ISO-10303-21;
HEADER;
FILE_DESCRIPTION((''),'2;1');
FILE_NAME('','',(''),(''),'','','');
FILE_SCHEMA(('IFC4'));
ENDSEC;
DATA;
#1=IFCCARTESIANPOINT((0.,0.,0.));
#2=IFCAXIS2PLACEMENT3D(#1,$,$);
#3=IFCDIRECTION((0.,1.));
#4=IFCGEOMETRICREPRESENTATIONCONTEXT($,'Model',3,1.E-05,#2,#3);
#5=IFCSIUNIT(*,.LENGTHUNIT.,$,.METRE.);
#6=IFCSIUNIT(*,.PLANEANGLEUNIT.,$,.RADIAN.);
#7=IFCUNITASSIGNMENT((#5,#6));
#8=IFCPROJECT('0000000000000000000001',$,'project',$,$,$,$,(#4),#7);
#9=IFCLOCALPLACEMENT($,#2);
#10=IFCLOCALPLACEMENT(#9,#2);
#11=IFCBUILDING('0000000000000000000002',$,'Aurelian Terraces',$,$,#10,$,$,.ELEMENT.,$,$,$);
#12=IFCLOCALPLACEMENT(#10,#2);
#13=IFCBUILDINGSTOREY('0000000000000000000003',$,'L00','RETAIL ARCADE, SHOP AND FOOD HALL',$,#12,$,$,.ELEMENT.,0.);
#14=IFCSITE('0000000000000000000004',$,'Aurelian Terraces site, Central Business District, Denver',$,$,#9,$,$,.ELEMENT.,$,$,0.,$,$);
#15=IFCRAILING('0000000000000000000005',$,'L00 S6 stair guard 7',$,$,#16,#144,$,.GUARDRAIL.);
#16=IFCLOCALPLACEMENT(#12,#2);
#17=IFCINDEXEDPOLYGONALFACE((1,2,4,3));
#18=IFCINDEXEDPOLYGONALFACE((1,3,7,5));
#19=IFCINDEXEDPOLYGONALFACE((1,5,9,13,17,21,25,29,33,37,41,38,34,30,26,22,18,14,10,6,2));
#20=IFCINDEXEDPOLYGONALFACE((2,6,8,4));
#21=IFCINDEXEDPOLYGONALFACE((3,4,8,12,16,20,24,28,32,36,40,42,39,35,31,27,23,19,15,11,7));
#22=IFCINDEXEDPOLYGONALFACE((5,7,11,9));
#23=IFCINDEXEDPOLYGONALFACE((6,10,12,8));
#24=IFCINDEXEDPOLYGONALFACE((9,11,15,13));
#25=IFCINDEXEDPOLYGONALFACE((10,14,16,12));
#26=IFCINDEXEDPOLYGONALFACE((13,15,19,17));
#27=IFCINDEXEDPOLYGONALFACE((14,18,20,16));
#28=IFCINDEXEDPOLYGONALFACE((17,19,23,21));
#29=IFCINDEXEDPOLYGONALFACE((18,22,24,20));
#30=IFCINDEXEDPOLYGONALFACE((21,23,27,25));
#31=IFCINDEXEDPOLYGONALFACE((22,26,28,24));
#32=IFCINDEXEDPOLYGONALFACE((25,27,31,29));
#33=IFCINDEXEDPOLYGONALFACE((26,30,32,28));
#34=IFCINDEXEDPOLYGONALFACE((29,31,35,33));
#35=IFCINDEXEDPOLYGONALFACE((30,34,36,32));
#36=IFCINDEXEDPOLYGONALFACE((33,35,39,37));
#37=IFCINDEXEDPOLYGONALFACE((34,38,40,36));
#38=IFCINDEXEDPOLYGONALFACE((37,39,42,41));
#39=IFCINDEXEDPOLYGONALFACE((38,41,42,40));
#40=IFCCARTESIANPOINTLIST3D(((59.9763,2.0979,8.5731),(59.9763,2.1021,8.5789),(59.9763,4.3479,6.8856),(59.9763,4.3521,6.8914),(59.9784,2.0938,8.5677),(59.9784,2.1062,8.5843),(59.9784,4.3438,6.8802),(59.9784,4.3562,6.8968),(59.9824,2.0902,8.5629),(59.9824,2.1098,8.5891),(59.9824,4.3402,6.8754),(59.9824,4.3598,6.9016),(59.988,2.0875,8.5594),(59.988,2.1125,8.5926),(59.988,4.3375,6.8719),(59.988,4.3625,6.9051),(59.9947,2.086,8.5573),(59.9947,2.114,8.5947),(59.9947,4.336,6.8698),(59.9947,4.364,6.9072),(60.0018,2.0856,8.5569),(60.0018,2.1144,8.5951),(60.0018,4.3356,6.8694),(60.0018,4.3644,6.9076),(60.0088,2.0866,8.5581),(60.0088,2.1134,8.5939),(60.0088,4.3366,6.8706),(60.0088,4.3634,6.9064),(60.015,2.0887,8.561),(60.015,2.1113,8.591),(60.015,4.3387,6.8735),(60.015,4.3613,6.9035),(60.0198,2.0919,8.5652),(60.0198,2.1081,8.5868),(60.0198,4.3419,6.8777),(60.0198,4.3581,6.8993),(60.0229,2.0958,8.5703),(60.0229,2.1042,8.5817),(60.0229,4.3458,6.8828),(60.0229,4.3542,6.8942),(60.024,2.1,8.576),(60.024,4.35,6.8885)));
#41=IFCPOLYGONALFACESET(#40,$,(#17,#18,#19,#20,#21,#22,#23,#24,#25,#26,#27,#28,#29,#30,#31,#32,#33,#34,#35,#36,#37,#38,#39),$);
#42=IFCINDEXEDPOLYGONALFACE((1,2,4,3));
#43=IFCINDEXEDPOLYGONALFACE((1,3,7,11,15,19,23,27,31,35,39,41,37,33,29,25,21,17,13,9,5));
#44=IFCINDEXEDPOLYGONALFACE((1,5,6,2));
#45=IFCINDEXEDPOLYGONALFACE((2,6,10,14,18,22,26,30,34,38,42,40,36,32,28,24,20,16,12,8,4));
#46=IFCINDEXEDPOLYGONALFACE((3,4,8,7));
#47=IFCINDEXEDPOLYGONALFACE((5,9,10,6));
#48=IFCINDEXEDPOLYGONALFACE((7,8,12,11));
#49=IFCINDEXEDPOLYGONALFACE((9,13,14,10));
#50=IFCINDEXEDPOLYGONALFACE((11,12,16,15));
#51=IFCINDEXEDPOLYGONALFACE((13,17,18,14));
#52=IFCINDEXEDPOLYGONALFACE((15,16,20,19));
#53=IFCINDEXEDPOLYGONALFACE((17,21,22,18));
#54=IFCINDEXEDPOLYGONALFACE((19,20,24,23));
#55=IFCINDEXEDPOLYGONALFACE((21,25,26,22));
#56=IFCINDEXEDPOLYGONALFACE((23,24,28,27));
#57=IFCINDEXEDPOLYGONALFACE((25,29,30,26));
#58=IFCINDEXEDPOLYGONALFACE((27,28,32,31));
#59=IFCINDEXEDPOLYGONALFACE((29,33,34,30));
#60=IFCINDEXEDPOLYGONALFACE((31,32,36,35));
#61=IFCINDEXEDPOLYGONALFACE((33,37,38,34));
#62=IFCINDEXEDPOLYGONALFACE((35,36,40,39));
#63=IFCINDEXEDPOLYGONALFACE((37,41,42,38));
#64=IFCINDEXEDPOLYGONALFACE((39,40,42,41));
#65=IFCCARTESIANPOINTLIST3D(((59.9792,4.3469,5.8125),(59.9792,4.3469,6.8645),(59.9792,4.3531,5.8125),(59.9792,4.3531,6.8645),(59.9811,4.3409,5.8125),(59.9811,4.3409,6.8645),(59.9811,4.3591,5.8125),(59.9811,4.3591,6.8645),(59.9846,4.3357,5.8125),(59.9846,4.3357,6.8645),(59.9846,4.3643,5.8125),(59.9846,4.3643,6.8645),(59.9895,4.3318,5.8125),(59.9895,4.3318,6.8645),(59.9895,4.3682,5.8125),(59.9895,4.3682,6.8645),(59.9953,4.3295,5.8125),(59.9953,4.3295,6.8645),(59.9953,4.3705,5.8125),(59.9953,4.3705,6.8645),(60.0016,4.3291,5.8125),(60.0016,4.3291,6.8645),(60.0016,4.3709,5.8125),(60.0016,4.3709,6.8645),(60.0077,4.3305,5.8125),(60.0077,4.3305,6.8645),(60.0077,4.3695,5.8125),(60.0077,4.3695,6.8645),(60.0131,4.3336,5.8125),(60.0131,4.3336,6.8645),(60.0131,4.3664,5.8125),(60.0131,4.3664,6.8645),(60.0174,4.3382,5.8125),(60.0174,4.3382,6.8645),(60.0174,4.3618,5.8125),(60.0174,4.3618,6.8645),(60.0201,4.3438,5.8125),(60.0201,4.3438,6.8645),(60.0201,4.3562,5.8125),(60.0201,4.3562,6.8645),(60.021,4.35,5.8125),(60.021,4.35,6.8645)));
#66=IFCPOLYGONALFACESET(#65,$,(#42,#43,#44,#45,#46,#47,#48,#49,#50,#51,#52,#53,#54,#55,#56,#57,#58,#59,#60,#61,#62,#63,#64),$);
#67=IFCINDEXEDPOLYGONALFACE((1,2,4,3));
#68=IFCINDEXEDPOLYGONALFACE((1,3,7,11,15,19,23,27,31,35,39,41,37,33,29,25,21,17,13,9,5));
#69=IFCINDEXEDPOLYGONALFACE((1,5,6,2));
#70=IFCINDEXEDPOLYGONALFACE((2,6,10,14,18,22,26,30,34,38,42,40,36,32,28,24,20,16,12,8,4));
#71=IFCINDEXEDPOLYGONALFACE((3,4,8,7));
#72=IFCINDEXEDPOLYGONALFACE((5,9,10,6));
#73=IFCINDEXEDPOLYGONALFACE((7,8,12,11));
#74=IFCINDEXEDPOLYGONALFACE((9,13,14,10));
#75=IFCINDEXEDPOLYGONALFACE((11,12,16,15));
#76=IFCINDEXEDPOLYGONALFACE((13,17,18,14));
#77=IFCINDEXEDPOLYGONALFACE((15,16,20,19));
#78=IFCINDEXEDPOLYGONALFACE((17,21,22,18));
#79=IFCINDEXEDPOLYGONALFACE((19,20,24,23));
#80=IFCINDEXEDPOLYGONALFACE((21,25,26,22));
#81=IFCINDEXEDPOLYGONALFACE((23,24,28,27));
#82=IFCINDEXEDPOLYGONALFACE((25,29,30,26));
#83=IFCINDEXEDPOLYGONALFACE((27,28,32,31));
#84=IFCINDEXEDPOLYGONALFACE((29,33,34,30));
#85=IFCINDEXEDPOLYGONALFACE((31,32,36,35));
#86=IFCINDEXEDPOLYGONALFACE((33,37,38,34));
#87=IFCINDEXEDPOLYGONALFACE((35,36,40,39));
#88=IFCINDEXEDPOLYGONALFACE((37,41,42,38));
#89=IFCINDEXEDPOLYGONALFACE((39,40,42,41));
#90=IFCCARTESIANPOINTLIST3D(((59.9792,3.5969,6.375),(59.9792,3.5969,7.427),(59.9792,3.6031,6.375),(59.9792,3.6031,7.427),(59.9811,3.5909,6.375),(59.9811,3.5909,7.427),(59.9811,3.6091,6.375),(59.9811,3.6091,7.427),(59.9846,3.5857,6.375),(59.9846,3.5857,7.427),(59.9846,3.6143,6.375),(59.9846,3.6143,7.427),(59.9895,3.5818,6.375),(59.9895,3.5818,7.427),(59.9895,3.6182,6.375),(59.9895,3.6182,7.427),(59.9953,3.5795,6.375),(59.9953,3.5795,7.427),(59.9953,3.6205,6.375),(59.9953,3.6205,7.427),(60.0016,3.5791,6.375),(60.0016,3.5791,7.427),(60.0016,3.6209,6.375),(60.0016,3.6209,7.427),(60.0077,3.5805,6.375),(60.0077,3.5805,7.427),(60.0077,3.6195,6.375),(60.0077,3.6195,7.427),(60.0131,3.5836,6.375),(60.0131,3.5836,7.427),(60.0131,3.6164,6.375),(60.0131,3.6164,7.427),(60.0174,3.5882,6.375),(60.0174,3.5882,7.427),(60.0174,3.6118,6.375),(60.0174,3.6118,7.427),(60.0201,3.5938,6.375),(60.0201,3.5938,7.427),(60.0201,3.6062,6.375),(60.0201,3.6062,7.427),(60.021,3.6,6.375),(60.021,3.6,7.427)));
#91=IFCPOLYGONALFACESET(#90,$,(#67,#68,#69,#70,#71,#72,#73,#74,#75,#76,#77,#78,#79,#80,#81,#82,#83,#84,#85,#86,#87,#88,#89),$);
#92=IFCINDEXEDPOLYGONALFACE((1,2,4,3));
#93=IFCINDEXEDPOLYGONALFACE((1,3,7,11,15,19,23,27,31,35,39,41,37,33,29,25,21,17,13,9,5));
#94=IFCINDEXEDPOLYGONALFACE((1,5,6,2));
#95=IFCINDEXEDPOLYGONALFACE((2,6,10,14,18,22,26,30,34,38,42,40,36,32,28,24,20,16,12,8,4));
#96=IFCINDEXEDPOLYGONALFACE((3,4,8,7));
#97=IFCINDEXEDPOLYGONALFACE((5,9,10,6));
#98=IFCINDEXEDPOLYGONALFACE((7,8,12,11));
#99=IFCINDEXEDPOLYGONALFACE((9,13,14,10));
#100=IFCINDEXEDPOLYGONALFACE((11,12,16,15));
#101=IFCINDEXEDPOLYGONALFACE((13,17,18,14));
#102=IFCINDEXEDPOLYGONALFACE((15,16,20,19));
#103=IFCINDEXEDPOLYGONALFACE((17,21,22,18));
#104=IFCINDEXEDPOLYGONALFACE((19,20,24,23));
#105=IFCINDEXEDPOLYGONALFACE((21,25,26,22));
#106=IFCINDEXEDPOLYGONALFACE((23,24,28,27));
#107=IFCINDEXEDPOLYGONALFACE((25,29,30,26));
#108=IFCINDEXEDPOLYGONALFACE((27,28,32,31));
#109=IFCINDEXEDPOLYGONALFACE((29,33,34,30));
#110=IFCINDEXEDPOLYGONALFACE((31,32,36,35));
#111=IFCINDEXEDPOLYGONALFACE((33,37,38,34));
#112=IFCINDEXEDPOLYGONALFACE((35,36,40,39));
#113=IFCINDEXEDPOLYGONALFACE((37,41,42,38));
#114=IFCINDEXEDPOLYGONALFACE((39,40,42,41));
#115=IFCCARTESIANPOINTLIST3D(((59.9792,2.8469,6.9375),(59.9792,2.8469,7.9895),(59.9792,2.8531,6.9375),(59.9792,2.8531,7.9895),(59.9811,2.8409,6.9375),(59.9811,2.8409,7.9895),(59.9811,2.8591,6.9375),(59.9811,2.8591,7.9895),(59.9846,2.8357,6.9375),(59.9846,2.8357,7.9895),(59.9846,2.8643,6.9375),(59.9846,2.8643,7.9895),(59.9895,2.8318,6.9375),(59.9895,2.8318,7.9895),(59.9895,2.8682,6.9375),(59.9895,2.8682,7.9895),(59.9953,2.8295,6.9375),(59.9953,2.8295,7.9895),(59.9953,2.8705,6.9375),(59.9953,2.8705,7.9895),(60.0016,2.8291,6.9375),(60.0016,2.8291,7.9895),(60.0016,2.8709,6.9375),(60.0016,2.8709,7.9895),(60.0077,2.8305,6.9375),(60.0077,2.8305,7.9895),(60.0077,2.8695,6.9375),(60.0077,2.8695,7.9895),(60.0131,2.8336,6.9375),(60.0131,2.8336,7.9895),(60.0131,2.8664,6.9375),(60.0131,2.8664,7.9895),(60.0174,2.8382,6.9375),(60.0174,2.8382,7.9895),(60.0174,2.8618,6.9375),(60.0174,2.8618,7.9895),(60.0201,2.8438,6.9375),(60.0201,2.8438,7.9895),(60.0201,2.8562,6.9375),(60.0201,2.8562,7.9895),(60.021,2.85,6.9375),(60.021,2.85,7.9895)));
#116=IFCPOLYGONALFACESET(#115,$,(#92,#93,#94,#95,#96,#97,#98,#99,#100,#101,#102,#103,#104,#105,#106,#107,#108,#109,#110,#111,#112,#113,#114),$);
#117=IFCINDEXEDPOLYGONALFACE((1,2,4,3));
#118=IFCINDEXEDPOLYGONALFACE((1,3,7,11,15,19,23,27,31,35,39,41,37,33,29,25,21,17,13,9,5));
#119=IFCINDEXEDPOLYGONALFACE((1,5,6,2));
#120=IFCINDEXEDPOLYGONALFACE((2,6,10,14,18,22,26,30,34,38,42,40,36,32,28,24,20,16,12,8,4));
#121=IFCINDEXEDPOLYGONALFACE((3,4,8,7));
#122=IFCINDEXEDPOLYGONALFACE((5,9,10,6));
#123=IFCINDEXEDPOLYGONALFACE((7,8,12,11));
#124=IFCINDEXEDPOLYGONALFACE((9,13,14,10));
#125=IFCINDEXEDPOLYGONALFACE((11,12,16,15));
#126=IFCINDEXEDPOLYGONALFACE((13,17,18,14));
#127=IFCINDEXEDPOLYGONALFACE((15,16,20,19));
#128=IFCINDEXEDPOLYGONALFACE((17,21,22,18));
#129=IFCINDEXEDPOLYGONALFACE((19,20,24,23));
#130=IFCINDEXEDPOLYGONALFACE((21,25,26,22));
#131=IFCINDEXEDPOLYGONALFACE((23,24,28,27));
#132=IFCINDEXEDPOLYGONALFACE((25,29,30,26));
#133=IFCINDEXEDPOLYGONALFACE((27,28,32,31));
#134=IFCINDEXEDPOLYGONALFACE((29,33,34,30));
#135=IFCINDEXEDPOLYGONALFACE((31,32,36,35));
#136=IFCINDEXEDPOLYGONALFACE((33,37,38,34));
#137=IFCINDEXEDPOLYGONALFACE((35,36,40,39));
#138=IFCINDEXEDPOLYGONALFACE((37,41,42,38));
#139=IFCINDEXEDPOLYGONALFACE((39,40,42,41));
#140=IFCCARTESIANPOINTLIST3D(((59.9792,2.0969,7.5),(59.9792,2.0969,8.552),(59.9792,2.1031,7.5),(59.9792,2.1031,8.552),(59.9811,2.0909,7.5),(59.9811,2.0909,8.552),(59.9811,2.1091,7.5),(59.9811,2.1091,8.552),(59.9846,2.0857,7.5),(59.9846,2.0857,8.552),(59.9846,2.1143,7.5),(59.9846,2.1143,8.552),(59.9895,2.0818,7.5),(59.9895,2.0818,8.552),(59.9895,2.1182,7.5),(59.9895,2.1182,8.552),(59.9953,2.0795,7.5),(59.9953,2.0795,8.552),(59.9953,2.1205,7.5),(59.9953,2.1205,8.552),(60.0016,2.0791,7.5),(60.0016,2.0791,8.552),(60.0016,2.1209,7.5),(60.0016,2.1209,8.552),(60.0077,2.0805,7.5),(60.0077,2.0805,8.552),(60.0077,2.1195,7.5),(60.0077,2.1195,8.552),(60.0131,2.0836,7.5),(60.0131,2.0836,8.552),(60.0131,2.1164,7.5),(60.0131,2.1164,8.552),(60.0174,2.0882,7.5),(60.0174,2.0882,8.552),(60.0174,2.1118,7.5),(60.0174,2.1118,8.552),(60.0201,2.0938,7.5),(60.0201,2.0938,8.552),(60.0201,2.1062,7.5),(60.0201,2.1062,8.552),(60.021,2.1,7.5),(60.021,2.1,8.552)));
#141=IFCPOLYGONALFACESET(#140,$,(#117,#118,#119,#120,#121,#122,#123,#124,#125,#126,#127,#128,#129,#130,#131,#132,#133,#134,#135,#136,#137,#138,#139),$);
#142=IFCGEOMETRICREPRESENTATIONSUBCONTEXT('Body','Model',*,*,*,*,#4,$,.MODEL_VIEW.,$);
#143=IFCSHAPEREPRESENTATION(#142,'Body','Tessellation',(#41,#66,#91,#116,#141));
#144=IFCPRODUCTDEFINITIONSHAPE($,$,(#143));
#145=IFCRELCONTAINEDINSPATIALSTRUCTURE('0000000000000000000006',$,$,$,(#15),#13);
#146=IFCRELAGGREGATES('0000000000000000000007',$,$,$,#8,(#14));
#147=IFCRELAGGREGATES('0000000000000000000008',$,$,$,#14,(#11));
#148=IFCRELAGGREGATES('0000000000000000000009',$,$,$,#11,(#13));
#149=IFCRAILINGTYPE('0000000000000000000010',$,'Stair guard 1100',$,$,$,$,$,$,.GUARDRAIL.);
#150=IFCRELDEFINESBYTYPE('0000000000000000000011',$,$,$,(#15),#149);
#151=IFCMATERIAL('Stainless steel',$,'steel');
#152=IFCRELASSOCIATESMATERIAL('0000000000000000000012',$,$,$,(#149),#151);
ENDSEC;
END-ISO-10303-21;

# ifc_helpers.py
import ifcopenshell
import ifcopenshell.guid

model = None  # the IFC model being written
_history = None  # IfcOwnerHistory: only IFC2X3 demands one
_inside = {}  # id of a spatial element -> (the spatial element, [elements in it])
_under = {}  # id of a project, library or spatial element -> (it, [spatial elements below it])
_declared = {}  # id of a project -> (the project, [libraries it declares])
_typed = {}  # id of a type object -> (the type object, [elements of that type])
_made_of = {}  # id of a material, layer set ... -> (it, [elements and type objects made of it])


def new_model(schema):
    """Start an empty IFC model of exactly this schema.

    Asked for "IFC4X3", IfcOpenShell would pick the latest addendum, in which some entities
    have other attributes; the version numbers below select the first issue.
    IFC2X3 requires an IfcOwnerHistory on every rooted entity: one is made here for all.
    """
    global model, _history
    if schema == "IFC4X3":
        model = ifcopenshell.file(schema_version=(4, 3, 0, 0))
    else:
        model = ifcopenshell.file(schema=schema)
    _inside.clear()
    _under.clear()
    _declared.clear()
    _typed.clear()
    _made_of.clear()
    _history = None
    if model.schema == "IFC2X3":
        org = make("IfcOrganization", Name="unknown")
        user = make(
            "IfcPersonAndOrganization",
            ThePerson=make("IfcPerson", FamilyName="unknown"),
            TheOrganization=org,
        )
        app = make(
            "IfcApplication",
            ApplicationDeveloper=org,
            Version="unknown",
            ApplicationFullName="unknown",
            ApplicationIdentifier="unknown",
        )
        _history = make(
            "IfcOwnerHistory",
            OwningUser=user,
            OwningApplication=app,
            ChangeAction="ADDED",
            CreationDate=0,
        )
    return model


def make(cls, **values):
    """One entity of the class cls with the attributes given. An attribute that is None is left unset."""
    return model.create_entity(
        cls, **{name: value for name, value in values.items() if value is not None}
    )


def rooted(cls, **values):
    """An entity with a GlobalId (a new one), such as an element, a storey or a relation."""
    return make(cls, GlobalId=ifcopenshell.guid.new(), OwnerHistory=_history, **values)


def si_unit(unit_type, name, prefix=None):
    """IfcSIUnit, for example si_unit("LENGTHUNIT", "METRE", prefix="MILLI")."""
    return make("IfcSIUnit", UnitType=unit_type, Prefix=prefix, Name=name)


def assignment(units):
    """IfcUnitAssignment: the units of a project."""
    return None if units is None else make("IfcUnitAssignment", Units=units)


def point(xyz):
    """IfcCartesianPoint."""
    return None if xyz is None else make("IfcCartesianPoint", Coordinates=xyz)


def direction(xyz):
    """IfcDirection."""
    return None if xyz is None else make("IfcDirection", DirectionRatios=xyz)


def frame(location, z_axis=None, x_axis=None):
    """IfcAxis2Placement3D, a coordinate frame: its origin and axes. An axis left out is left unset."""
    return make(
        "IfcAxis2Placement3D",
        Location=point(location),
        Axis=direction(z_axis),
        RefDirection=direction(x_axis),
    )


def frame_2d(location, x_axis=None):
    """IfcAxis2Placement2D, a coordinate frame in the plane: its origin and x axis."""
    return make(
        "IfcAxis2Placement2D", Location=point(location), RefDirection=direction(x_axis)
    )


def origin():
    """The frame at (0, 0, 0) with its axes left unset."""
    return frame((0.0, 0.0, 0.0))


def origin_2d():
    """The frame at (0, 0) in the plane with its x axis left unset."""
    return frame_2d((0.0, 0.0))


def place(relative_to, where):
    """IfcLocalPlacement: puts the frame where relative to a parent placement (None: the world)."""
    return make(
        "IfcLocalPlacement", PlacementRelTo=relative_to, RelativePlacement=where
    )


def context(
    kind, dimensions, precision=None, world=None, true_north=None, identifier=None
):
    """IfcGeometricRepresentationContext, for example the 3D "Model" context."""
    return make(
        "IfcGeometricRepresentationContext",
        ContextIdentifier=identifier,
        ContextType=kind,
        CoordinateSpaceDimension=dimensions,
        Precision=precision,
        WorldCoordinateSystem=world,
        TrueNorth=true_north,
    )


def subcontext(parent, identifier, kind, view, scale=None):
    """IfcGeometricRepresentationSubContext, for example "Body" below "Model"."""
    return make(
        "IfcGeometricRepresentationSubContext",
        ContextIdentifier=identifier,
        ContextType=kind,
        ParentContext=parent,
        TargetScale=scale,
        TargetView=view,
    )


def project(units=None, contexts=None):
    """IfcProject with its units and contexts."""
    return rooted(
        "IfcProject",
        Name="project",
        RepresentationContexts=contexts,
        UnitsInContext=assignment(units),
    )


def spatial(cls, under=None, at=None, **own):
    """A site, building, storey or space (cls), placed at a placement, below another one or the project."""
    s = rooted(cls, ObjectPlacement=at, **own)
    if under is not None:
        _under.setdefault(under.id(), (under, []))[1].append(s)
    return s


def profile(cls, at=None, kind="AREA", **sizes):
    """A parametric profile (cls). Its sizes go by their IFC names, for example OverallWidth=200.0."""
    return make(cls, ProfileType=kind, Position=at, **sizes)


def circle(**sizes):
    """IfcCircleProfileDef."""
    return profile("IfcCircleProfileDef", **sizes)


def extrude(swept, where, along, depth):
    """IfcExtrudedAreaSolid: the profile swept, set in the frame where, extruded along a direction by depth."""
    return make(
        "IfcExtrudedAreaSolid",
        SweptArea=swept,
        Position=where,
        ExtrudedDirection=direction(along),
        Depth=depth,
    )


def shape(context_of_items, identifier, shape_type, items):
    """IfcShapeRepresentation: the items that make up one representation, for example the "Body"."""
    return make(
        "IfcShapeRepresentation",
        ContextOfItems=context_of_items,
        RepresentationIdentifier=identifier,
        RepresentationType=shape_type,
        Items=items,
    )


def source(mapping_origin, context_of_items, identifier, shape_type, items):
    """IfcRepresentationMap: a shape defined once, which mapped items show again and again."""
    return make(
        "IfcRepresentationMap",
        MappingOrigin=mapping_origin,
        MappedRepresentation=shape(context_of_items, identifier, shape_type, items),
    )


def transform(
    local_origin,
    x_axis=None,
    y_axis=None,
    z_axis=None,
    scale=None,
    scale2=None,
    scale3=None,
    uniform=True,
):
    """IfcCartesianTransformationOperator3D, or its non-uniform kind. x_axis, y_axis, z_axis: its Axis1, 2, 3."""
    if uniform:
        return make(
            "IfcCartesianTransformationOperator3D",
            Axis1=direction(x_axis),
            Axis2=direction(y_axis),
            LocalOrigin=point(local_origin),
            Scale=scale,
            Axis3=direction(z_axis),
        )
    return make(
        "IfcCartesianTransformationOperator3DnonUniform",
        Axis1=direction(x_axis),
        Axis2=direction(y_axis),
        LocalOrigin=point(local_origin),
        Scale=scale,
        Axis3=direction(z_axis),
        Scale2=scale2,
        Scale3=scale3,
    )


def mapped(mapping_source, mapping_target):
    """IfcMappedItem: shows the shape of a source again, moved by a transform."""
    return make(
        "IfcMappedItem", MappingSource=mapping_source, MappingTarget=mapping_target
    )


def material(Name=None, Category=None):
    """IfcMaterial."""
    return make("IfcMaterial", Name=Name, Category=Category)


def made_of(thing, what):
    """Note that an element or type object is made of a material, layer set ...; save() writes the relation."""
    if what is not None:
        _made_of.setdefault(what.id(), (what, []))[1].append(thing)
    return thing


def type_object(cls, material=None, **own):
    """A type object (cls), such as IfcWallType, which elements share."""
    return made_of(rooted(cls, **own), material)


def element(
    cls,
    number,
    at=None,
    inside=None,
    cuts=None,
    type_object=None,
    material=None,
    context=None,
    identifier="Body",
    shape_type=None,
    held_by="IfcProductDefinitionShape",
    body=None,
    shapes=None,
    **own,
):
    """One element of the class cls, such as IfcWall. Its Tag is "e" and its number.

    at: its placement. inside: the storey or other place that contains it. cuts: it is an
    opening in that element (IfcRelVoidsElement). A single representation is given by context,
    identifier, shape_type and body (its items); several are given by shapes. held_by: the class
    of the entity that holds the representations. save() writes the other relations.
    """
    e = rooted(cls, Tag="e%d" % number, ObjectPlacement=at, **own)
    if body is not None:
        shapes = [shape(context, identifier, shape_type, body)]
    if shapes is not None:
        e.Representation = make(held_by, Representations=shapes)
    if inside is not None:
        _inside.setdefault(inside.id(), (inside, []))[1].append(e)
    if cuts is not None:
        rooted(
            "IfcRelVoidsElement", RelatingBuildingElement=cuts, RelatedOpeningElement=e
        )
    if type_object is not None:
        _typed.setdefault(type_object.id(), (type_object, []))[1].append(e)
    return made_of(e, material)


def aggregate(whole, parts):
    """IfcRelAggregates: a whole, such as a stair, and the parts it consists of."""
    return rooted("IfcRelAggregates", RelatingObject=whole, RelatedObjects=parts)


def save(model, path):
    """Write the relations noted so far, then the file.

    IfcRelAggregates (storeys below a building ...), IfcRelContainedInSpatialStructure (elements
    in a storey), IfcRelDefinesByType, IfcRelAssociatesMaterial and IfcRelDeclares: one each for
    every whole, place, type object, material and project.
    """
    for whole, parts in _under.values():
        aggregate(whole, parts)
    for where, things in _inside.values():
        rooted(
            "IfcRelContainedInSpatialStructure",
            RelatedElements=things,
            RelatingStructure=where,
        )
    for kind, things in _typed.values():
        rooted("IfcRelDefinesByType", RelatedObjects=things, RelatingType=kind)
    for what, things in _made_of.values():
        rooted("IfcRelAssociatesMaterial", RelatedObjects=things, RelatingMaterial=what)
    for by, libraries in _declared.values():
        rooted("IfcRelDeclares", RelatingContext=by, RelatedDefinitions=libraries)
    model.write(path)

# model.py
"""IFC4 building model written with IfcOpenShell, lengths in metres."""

from ifc_helpers import new_model, si_unit, direction, frame, origin, origin_2d, place, context, subcontext, project, spatial, circle, extrude, source, transform, mapped, material, type_object, element, save


model = new_model("IFC4")

# Units and contexts
model_context = context("Model", 3, precision=1e-05, world=origin(), true_north=direction((0.0, 1.0)))
body_context = subcontext(model_context, "Body", "Model", "MODEL_VIEW")
ifc_project = project(units=[si_unit("LENGTHUNIT", "METRE"), si_unit("PLANEANGLEUNIT", "RADIAN")], contexts=[model_context])

# Site, building, storey
site_placement = place(None, origin())
site = spatial("IfcSite", under=ifc_project, at=site_placement, Name="Aurelian Terraces site, Central Business District, Denver", CompositionType="ELEMENT", RefElevation=0.0)
building_placement = place(site_placement, origin())
building = spatial("IfcBuilding", under=site, at=building_placement, Name="Aurelian Terraces", CompositionType="ELEMENT")
storey_placement = place(building_placement, origin())
storey = spatial("IfcBuildingStorey", under=building, at=storey_placement, Name="L00", Description="RETAIL ARCADE, SHOP AND FOOD HALL", CompositionType="ELEMENT", Elevation=0.0)

# Railing
ifc_material_1 = material(Name="Stainless steel", Category="steel")
railing_type_1 = type_object("IfcRailingType", Name="Stair guard 1100", PredefinedType="GUARDRAIL", material=ifc_material_1)
shared_shape_1 = source(origin(), body_context, "Body", "SweptSolid", [
    extrude(circle(Radius=0.024, at=origin_2d()), frame((0.0, 0.0, 1.076), z_axis=(0.0, -0.8, 0.6), x_axis=(1.0, 0.0, 0.0)), (0.0, 0.0, 1.0), 2.8125),
    extrude(circle(Radius=0.021, at=origin_2d()), origin(), (0.0, 0.0, 1.0), 1.052),
    extrude(circle(Radius=0.021, at=origin_2d()), frame((0.0, -0.75, 0.5625)), (0.0, 0.0, 1.0), 1.052),
    extrude(circle(Radius=0.021, at=origin_2d()), frame((0.0, -1.5, 1.125)), (0.0, 0.0, 1.0), 1.052),
    extrude(circle(Radius=0.021, at=origin_2d()), frame((0.0, -2.25, 1.6875)), (0.0, 0.0, 1.0), 1.052),
])
for number, where, name in (
    (1, (60.0, 4.35, 5.8125), "L00 S6 stair guard 7"),
):
    element("IfcRailing", number, at=place(storey_placement, frame(where)), inside=storey, type_object=railing_type_1, Name=name, PredefinedType="GUARDRAIL", context=body_context, shape_type="MappedRepresentation", body=[
        mapped(shared_shape_1, transform((0.0, 0.0, 0.0), scale=1.0)),
    ])

save(model, "model.ifc")
